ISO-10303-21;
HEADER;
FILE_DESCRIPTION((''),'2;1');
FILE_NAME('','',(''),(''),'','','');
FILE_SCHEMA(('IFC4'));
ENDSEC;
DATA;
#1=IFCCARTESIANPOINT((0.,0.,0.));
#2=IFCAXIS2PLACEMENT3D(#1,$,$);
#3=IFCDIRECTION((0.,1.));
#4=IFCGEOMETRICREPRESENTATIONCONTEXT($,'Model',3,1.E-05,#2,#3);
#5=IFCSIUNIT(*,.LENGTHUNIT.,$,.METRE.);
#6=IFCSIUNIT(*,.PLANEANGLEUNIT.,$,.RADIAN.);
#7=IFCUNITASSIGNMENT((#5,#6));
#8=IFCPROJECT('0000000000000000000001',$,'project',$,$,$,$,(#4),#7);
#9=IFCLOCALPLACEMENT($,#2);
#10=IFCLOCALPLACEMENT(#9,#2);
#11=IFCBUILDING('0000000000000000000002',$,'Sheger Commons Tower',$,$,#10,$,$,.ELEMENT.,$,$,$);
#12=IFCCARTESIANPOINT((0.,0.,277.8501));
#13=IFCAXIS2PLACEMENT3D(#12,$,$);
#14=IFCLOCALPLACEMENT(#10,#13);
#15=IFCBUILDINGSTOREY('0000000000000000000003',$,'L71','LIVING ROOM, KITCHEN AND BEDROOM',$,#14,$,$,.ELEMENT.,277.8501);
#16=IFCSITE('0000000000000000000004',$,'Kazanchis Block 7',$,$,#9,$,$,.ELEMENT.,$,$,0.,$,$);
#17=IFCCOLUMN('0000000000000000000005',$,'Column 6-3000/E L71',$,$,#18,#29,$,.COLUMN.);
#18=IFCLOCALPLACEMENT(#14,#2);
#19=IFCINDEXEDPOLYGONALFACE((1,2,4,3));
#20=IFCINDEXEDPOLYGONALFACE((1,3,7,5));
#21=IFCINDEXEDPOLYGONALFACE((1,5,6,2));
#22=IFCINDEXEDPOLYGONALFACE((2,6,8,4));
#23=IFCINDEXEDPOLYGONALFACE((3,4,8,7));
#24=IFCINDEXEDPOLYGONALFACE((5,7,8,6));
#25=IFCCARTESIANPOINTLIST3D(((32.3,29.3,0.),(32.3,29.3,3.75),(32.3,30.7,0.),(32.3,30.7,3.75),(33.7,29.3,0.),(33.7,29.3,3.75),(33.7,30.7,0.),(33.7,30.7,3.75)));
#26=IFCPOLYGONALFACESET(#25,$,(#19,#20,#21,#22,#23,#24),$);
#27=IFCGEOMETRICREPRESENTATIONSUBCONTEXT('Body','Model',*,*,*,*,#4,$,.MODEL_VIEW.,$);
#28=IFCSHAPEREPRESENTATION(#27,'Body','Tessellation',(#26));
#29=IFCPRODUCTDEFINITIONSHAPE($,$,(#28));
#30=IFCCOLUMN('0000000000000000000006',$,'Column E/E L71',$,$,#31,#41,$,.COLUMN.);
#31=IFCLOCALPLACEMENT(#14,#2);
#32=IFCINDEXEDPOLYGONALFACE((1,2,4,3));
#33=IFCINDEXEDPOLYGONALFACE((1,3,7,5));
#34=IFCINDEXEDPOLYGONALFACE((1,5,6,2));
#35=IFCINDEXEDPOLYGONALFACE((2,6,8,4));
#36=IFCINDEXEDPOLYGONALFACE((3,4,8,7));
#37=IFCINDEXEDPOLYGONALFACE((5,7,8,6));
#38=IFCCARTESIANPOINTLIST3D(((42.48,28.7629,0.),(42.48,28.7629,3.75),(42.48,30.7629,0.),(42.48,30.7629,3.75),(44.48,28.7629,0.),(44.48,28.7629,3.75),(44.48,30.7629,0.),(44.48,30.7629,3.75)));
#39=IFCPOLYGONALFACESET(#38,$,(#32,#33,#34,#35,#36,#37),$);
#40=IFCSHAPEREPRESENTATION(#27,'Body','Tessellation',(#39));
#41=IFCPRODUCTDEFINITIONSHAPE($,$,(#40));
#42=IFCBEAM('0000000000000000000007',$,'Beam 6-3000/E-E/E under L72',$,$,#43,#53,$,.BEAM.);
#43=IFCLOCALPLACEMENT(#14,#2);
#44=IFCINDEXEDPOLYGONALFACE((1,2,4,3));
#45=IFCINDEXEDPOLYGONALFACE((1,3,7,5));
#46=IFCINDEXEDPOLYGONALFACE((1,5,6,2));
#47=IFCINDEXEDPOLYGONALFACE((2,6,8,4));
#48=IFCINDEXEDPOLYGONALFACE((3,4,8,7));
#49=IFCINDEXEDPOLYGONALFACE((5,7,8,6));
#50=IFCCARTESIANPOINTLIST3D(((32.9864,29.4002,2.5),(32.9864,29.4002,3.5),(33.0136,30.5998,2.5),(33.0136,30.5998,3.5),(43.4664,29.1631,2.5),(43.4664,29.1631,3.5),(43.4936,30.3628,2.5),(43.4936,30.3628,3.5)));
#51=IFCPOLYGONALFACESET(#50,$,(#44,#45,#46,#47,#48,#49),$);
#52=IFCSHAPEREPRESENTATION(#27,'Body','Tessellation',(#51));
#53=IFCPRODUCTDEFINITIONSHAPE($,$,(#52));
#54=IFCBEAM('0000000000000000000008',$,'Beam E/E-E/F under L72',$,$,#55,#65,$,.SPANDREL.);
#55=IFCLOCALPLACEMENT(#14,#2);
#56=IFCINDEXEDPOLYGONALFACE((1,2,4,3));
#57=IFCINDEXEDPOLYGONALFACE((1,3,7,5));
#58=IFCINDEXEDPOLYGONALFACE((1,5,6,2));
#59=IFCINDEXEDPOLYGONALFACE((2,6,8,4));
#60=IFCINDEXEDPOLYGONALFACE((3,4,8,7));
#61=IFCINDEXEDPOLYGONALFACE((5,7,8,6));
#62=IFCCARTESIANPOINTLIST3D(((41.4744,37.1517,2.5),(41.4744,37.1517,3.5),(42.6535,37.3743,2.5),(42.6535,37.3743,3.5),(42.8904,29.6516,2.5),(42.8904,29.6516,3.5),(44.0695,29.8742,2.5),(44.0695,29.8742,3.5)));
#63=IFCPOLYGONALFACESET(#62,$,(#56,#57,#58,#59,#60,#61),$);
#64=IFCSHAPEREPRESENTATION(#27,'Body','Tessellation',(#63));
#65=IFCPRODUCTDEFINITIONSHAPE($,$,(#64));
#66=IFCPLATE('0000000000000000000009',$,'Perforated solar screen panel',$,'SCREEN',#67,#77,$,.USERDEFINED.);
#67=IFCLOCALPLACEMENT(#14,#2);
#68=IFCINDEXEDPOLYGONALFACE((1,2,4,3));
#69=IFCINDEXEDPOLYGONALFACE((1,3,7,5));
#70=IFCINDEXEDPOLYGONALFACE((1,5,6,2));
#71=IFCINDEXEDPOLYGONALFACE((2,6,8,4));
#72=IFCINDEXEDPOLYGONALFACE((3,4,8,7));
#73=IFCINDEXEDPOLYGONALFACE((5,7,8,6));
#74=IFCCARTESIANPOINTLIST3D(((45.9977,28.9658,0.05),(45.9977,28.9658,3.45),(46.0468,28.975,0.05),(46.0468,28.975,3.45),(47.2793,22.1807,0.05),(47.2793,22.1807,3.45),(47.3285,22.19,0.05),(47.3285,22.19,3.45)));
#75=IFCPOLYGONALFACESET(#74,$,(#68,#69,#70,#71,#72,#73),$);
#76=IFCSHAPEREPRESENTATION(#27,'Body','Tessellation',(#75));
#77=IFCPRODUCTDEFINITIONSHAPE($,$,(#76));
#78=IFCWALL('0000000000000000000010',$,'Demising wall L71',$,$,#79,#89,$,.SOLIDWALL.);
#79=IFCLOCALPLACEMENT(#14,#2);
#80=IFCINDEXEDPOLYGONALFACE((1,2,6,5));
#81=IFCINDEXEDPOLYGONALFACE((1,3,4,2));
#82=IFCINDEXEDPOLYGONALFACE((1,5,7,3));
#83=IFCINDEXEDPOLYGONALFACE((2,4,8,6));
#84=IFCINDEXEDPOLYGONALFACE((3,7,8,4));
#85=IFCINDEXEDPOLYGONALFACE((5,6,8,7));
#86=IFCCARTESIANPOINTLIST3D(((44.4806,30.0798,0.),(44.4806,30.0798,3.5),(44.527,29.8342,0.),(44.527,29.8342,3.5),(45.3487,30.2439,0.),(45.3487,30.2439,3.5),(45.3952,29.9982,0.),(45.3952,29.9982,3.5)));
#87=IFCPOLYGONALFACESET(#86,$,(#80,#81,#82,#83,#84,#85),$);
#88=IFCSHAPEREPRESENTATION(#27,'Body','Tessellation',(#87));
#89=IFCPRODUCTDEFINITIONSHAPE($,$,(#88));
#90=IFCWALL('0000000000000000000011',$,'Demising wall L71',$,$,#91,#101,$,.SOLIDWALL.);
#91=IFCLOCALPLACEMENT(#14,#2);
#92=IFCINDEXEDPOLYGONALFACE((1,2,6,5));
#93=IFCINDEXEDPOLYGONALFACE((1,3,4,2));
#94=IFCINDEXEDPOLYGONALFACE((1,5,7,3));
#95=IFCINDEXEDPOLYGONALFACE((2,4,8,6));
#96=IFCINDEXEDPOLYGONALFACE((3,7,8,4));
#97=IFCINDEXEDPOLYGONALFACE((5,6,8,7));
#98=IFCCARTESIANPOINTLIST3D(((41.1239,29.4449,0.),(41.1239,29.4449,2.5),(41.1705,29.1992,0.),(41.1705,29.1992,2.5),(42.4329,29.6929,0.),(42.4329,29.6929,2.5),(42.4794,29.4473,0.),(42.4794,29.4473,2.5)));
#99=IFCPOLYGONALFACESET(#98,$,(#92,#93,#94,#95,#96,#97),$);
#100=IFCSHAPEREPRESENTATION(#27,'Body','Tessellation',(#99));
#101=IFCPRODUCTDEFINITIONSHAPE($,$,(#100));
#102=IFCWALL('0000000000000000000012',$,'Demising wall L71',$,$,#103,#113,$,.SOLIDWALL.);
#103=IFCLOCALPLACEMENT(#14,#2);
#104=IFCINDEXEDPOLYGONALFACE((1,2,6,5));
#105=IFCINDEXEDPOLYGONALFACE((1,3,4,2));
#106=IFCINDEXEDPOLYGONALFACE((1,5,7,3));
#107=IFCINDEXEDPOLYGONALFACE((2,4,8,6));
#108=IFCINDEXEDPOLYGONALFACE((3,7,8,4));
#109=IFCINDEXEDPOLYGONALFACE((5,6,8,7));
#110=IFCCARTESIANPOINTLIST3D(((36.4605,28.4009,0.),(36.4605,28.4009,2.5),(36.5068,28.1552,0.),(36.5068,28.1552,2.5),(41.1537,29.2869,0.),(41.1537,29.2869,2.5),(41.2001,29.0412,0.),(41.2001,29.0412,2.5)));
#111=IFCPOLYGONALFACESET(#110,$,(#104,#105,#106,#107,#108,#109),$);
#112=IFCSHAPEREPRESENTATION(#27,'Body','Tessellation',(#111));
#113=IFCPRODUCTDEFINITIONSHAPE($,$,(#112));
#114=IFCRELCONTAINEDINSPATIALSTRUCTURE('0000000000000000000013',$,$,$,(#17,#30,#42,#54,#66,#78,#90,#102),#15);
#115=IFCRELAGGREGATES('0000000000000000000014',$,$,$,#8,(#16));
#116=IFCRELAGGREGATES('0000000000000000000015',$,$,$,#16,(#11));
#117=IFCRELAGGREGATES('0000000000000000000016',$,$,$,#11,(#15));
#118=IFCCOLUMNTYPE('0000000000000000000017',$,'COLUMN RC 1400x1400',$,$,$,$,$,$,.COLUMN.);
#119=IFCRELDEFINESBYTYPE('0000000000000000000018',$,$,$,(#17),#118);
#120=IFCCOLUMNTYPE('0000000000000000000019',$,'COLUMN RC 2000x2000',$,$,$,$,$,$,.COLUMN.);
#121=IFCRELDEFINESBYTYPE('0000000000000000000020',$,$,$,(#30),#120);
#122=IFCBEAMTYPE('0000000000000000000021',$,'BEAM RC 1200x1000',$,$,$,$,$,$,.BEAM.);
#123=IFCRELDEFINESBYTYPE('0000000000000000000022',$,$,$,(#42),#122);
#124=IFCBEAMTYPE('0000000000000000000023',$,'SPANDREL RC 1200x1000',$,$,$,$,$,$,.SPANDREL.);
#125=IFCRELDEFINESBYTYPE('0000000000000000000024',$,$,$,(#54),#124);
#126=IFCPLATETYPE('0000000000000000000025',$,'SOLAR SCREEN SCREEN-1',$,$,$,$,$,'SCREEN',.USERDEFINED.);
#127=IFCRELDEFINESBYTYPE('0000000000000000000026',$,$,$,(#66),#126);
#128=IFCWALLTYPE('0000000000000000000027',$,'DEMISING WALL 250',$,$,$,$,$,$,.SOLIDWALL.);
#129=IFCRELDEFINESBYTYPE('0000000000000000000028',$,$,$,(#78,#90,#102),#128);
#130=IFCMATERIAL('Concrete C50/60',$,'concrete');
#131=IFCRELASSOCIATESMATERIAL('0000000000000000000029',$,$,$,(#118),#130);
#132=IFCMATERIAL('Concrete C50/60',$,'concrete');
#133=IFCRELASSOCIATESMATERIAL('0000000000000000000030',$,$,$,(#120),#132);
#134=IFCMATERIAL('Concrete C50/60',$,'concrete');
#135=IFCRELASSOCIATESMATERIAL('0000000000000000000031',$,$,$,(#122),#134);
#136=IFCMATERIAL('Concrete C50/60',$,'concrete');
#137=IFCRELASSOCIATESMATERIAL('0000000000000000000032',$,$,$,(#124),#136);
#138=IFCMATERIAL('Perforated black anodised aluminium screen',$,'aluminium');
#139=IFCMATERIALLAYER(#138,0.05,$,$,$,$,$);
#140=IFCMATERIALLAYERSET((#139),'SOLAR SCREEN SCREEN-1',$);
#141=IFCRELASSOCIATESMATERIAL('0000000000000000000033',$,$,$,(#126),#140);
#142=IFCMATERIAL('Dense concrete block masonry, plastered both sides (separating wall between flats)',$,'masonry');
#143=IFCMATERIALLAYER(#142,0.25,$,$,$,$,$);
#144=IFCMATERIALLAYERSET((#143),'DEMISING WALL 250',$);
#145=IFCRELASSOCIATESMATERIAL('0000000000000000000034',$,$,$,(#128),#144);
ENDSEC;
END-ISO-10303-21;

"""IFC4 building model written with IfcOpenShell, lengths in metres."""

from ifc_helpers import new_model, si_unit, direction, frame, frame_2d, origin, origin_2d, place, context, subcontext, project, spatial, rectangle, extrude, material, layer, layer_set, material_profile, profile_set, type_object, element, save


model = new_model("IFC4")

# Units and contexts
model_context = context("Model", 3, precision=1e-05, world=origin(), true_north=direction((0.0, 1.0)))
body_context = subcontext(model_context, "Body", "Model", "MODEL_VIEW")
ifc_project = project(units=[si_unit("LENGTHUNIT", "METRE"), si_unit("PLANEANGLEUNIT", "RADIAN")], contexts=[model_context])

# Site, building, storey
site_placement = place(None, origin())
site = spatial("IfcSite", under=ifc_project, at=site_placement, Name="Kazanchis Block 7", CompositionType="ELEMENT", RefElevation=0.0)
building_placement = place(site_placement, origin())
building = spatial("IfcBuilding", under=site, at=building_placement, Name="Sheger Commons Tower", CompositionType="ELEMENT")
storey_placement = place(building_placement, frame((0.0, 0.0, 277.8501)))
storey = spatial("IfcBuildingStorey", under=building, at=storey_placement, Name="L71", Description="LIVING ROOM, KITCHEN AND BEDROOM", CompositionType="ELEMENT", Elevation=277.8501)

# Columns
ifc_material_1 = material(Name="Concrete C50/60", Category="concrete")
ifc_material_profile_1 = material_profile(ifc_material_1, rectangle(XDim=1.3999, YDim=1.3999, at=origin_2d()), Name="RC 1400x1400")
ifc_profile_set_1 = profile_set([ifc_material_profile_1], Name="Concrete C50/60")
column_type_1 = type_object("IfcColumnType", Name="COLUMN RC 1400x1400", PredefinedType="COLUMN", material=ifc_profile_set_1)
column_1_placement = place(storey_placement, frame((33.0, 30.0, 0.0), z_axis=(0.0, 0.0, 1.0), x_axis=(1.0, 0.0, 0.0)))
element("IfcColumn", 1, at=column_1_placement, inside=storey, type_object=column_type_1, Name="Column 6-3000/E L71", PredefinedType="COLUMN", context=body_context, shape_type="SweptSolid", body=[
    extrude(rectangle(XDim=1.3999, YDim=1.3999, at=origin_2d()), origin(), (0.0, 0.0, 1.0), 3.75),
])
ifc_material_2 = material(Name="Concrete C50/60", Category="concrete")
ifc_material_profile_2 = material_profile(ifc_material_2, rectangle(XDim=2.0, YDim=2.0, at=origin_2d()), Name="RC 2000x2000")
ifc_profile_set_2 = profile_set([ifc_material_profile_2], Name="Concrete C50/60")
column_type_2 = type_object("IfcColumnType", Name="COLUMN RC 2000x2000", PredefinedType="COLUMN", material=ifc_profile_set_2)
column_2_placement = place(storey_placement, frame((43.48, 29.7629, 0.0), z_axis=(0.0, 0.0, 1.0), x_axis=(1.0, 0.0, 0.0)))
element("IfcColumn", 2, at=column_2_placement, inside=storey, type_object=column_type_2, Name="Column E/E L71", PredefinedType="COLUMN", context=body_context, shape_type="SweptSolid", body=[
    extrude(rectangle(XDim=2.0, YDim=2.0, at=origin_2d()), origin(), (0.0, 0.0, 1.0), 3.75),
])

# Beams
ifc_material_3 = material(Name="Concrete C50/60", Category="concrete")
ifc_material_profile_3 = material_profile(ifc_material_3, rectangle(XDim=1.2, YDim=1.0, at=origin_2d()), Name="RC 1200x1000")
ifc_profile_set_3 = profile_set([ifc_material_profile_3], Name="Concrete C50/60")
beam_type_1 = type_object("IfcBeamType", Name="BEAM RC 1200x1000", PredefinedType="BEAM", material=ifc_profile_set_3)
beam_1_placement = place(storey_placement, frame((33.0, 30.0, 3.0), z_axis=(0.999744, -0.022615, 0.0), x_axis=(0.022615, 0.999744, 0.0)))
element("IfcBeam", 3, at=beam_1_placement, inside=storey, type_object=beam_type_1, Name="Beam 6-3000/E-E/E under L72", PredefinedType="BEAM", context=body_context, shape_type="SweptSolid", body=[
    extrude(rectangle(XDim=1.2, YDim=1.0, at=origin_2d()), origin(), (0.0, 0.0, 1.0), 10.4827),
])
ifc_material_4 = material(Name="Concrete C50/60", Category="concrete")
ifc_material_profile_4 = material_profile(ifc_material_4, rectangle(XDim=1.2, YDim=1.0, at=origin_2d()), Name="RC 1200x1000")
ifc_profile_set_4 = profile_set([ifc_material_profile_4], Name="Concrete C50/60")
beam_type_2 = type_object("IfcBeamType", Name="SPANDREL RC 1200x1000", PredefinedType="SPANDREL", material=ifc_profile_set_4)
beam_2_placement = place(storey_placement, frame((43.48, 29.7629, 3.0), z_axis=(-0.185524, 0.98264, 0.0), x_axis=(-0.98264, -0.185524, 0.0)))
element("IfcBeam", 4, at=beam_2_placement, inside=storey, type_object=beam_type_2, Name="Beam E/E-E/F under L72", PredefinedType="SPANDREL", context=body_context, shape_type="SweptSolid", body=[
    extrude(rectangle(XDim=1.2, YDim=1.0, at=origin_2d()), origin(), (0.0, 0.0, 1.0), 7.6326),
])

# Plate
ifc_material_5 = material(Name="Perforated black anodised aluminium screen", Category="aluminium")
ifc_layer_1 = layer(ifc_material_5, 0.05)
ifc_layer_set_1 = layer_set([ifc_layer_1], Name="SOLAR SCREEN SCREEN-1")
plate_type = type_object("IfcPlateType", Name="SOLAR SCREEN SCREEN-1", ElementType="SCREEN", PredefinedType="USERDEFINED", material=ifc_layer_set_1)
plate_placement = place(storey_placement, frame((46.6631, 25.5779, 0.05), z_axis=(0.0, 0.0, 1.0), x_axis=(-0.185615, 0.982623, 0.0)))
element("IfcPlate", 5, at=plate_placement, inside=storey, type_object=plate_type, Name="Perforated solar screen panel", ObjectType="SCREEN", PredefinedType="USERDEFINED", context=body_context, shape_type="SweptSolid", body=[
    extrude(rectangle(XDim=6.905, YDim=0.05, at=origin_2d()), origin(), (0.0, 0.0, 1.0), 3.3999),
])

# Walls
ifc_material_6 = material(Name="Dense concrete block masonry, plastered both sides (separating wall between flats)", Category="masonry")
ifc_layer_2 = layer(ifc_material_6, 0.25)
ifc_layer_set_2 = layer_set([ifc_layer_2], Name="DEMISING WALL 250")
wall_type_1 = type_object("IfcWallType", Name="DEMISING WALL 250", PredefinedType="SOLIDWALL", material=ifc_layer_set_2)
wall_1_placement = place(storey_placement, frame((45.3721, 30.1211, 0.0), z_axis=(0.0, 0.0, 1.0), x_axis=(-0.982608, -0.18569, 0.0)))
element("IfcWall", 6, at=wall_1_placement, inside=storey, type_object=wall_type_1, Name="Demising wall L71", PredefinedType="SOLIDWALL", context=body_context, shape_type="SweptSolid", body=[
    extrude(rectangle(XDim=0.8835, YDim=0.25, at=frame_2d((0.4419, 0.0))), origin(), (0.0, 0.0, 1.0), 3.5),
])
wall_2_placement = place(storey_placement, frame((42.4561, 29.5701, 0.0), z_axis=(0.0, 0.0, 1.0), x_axis=(-0.982518, -0.186169, 0.0)))
element("IfcWall", 7, at=wall_2_placement, inside=storey, type_object=wall_type_1, Name="Demising wall L71", PredefinedType="SOLIDWALL", context=body_context, shape_type="SweptSolid", body=[
    extrude(rectangle(XDim=1.3323, YDim=0.25, at=frame_2d((0.666, 0.0))), origin(), (0.0, 0.0, 1.0), 2.5),
])
wall_3_placement = place(storey_placement, frame((41.177, 29.1641, 0.0), z_axis=(0.0, 0.0, 1.0), x_axis=(-0.982643, -0.185508, 0.0)))
element("IfcWall", 8, at=wall_3_placement, inside=storey, type_object=wall_type_1, Name="Demising wall L71", PredefinedType="SOLIDWALL", context=body_context, shape_type="SweptSolid", body=[
    extrude(rectangle(XDim=4.7761, YDim=0.25, at=frame_2d((2.3882, 0.0))), origin(), (0.0, 0.0, 1.0), 2.5),
])

save(model, "model.ifc")
